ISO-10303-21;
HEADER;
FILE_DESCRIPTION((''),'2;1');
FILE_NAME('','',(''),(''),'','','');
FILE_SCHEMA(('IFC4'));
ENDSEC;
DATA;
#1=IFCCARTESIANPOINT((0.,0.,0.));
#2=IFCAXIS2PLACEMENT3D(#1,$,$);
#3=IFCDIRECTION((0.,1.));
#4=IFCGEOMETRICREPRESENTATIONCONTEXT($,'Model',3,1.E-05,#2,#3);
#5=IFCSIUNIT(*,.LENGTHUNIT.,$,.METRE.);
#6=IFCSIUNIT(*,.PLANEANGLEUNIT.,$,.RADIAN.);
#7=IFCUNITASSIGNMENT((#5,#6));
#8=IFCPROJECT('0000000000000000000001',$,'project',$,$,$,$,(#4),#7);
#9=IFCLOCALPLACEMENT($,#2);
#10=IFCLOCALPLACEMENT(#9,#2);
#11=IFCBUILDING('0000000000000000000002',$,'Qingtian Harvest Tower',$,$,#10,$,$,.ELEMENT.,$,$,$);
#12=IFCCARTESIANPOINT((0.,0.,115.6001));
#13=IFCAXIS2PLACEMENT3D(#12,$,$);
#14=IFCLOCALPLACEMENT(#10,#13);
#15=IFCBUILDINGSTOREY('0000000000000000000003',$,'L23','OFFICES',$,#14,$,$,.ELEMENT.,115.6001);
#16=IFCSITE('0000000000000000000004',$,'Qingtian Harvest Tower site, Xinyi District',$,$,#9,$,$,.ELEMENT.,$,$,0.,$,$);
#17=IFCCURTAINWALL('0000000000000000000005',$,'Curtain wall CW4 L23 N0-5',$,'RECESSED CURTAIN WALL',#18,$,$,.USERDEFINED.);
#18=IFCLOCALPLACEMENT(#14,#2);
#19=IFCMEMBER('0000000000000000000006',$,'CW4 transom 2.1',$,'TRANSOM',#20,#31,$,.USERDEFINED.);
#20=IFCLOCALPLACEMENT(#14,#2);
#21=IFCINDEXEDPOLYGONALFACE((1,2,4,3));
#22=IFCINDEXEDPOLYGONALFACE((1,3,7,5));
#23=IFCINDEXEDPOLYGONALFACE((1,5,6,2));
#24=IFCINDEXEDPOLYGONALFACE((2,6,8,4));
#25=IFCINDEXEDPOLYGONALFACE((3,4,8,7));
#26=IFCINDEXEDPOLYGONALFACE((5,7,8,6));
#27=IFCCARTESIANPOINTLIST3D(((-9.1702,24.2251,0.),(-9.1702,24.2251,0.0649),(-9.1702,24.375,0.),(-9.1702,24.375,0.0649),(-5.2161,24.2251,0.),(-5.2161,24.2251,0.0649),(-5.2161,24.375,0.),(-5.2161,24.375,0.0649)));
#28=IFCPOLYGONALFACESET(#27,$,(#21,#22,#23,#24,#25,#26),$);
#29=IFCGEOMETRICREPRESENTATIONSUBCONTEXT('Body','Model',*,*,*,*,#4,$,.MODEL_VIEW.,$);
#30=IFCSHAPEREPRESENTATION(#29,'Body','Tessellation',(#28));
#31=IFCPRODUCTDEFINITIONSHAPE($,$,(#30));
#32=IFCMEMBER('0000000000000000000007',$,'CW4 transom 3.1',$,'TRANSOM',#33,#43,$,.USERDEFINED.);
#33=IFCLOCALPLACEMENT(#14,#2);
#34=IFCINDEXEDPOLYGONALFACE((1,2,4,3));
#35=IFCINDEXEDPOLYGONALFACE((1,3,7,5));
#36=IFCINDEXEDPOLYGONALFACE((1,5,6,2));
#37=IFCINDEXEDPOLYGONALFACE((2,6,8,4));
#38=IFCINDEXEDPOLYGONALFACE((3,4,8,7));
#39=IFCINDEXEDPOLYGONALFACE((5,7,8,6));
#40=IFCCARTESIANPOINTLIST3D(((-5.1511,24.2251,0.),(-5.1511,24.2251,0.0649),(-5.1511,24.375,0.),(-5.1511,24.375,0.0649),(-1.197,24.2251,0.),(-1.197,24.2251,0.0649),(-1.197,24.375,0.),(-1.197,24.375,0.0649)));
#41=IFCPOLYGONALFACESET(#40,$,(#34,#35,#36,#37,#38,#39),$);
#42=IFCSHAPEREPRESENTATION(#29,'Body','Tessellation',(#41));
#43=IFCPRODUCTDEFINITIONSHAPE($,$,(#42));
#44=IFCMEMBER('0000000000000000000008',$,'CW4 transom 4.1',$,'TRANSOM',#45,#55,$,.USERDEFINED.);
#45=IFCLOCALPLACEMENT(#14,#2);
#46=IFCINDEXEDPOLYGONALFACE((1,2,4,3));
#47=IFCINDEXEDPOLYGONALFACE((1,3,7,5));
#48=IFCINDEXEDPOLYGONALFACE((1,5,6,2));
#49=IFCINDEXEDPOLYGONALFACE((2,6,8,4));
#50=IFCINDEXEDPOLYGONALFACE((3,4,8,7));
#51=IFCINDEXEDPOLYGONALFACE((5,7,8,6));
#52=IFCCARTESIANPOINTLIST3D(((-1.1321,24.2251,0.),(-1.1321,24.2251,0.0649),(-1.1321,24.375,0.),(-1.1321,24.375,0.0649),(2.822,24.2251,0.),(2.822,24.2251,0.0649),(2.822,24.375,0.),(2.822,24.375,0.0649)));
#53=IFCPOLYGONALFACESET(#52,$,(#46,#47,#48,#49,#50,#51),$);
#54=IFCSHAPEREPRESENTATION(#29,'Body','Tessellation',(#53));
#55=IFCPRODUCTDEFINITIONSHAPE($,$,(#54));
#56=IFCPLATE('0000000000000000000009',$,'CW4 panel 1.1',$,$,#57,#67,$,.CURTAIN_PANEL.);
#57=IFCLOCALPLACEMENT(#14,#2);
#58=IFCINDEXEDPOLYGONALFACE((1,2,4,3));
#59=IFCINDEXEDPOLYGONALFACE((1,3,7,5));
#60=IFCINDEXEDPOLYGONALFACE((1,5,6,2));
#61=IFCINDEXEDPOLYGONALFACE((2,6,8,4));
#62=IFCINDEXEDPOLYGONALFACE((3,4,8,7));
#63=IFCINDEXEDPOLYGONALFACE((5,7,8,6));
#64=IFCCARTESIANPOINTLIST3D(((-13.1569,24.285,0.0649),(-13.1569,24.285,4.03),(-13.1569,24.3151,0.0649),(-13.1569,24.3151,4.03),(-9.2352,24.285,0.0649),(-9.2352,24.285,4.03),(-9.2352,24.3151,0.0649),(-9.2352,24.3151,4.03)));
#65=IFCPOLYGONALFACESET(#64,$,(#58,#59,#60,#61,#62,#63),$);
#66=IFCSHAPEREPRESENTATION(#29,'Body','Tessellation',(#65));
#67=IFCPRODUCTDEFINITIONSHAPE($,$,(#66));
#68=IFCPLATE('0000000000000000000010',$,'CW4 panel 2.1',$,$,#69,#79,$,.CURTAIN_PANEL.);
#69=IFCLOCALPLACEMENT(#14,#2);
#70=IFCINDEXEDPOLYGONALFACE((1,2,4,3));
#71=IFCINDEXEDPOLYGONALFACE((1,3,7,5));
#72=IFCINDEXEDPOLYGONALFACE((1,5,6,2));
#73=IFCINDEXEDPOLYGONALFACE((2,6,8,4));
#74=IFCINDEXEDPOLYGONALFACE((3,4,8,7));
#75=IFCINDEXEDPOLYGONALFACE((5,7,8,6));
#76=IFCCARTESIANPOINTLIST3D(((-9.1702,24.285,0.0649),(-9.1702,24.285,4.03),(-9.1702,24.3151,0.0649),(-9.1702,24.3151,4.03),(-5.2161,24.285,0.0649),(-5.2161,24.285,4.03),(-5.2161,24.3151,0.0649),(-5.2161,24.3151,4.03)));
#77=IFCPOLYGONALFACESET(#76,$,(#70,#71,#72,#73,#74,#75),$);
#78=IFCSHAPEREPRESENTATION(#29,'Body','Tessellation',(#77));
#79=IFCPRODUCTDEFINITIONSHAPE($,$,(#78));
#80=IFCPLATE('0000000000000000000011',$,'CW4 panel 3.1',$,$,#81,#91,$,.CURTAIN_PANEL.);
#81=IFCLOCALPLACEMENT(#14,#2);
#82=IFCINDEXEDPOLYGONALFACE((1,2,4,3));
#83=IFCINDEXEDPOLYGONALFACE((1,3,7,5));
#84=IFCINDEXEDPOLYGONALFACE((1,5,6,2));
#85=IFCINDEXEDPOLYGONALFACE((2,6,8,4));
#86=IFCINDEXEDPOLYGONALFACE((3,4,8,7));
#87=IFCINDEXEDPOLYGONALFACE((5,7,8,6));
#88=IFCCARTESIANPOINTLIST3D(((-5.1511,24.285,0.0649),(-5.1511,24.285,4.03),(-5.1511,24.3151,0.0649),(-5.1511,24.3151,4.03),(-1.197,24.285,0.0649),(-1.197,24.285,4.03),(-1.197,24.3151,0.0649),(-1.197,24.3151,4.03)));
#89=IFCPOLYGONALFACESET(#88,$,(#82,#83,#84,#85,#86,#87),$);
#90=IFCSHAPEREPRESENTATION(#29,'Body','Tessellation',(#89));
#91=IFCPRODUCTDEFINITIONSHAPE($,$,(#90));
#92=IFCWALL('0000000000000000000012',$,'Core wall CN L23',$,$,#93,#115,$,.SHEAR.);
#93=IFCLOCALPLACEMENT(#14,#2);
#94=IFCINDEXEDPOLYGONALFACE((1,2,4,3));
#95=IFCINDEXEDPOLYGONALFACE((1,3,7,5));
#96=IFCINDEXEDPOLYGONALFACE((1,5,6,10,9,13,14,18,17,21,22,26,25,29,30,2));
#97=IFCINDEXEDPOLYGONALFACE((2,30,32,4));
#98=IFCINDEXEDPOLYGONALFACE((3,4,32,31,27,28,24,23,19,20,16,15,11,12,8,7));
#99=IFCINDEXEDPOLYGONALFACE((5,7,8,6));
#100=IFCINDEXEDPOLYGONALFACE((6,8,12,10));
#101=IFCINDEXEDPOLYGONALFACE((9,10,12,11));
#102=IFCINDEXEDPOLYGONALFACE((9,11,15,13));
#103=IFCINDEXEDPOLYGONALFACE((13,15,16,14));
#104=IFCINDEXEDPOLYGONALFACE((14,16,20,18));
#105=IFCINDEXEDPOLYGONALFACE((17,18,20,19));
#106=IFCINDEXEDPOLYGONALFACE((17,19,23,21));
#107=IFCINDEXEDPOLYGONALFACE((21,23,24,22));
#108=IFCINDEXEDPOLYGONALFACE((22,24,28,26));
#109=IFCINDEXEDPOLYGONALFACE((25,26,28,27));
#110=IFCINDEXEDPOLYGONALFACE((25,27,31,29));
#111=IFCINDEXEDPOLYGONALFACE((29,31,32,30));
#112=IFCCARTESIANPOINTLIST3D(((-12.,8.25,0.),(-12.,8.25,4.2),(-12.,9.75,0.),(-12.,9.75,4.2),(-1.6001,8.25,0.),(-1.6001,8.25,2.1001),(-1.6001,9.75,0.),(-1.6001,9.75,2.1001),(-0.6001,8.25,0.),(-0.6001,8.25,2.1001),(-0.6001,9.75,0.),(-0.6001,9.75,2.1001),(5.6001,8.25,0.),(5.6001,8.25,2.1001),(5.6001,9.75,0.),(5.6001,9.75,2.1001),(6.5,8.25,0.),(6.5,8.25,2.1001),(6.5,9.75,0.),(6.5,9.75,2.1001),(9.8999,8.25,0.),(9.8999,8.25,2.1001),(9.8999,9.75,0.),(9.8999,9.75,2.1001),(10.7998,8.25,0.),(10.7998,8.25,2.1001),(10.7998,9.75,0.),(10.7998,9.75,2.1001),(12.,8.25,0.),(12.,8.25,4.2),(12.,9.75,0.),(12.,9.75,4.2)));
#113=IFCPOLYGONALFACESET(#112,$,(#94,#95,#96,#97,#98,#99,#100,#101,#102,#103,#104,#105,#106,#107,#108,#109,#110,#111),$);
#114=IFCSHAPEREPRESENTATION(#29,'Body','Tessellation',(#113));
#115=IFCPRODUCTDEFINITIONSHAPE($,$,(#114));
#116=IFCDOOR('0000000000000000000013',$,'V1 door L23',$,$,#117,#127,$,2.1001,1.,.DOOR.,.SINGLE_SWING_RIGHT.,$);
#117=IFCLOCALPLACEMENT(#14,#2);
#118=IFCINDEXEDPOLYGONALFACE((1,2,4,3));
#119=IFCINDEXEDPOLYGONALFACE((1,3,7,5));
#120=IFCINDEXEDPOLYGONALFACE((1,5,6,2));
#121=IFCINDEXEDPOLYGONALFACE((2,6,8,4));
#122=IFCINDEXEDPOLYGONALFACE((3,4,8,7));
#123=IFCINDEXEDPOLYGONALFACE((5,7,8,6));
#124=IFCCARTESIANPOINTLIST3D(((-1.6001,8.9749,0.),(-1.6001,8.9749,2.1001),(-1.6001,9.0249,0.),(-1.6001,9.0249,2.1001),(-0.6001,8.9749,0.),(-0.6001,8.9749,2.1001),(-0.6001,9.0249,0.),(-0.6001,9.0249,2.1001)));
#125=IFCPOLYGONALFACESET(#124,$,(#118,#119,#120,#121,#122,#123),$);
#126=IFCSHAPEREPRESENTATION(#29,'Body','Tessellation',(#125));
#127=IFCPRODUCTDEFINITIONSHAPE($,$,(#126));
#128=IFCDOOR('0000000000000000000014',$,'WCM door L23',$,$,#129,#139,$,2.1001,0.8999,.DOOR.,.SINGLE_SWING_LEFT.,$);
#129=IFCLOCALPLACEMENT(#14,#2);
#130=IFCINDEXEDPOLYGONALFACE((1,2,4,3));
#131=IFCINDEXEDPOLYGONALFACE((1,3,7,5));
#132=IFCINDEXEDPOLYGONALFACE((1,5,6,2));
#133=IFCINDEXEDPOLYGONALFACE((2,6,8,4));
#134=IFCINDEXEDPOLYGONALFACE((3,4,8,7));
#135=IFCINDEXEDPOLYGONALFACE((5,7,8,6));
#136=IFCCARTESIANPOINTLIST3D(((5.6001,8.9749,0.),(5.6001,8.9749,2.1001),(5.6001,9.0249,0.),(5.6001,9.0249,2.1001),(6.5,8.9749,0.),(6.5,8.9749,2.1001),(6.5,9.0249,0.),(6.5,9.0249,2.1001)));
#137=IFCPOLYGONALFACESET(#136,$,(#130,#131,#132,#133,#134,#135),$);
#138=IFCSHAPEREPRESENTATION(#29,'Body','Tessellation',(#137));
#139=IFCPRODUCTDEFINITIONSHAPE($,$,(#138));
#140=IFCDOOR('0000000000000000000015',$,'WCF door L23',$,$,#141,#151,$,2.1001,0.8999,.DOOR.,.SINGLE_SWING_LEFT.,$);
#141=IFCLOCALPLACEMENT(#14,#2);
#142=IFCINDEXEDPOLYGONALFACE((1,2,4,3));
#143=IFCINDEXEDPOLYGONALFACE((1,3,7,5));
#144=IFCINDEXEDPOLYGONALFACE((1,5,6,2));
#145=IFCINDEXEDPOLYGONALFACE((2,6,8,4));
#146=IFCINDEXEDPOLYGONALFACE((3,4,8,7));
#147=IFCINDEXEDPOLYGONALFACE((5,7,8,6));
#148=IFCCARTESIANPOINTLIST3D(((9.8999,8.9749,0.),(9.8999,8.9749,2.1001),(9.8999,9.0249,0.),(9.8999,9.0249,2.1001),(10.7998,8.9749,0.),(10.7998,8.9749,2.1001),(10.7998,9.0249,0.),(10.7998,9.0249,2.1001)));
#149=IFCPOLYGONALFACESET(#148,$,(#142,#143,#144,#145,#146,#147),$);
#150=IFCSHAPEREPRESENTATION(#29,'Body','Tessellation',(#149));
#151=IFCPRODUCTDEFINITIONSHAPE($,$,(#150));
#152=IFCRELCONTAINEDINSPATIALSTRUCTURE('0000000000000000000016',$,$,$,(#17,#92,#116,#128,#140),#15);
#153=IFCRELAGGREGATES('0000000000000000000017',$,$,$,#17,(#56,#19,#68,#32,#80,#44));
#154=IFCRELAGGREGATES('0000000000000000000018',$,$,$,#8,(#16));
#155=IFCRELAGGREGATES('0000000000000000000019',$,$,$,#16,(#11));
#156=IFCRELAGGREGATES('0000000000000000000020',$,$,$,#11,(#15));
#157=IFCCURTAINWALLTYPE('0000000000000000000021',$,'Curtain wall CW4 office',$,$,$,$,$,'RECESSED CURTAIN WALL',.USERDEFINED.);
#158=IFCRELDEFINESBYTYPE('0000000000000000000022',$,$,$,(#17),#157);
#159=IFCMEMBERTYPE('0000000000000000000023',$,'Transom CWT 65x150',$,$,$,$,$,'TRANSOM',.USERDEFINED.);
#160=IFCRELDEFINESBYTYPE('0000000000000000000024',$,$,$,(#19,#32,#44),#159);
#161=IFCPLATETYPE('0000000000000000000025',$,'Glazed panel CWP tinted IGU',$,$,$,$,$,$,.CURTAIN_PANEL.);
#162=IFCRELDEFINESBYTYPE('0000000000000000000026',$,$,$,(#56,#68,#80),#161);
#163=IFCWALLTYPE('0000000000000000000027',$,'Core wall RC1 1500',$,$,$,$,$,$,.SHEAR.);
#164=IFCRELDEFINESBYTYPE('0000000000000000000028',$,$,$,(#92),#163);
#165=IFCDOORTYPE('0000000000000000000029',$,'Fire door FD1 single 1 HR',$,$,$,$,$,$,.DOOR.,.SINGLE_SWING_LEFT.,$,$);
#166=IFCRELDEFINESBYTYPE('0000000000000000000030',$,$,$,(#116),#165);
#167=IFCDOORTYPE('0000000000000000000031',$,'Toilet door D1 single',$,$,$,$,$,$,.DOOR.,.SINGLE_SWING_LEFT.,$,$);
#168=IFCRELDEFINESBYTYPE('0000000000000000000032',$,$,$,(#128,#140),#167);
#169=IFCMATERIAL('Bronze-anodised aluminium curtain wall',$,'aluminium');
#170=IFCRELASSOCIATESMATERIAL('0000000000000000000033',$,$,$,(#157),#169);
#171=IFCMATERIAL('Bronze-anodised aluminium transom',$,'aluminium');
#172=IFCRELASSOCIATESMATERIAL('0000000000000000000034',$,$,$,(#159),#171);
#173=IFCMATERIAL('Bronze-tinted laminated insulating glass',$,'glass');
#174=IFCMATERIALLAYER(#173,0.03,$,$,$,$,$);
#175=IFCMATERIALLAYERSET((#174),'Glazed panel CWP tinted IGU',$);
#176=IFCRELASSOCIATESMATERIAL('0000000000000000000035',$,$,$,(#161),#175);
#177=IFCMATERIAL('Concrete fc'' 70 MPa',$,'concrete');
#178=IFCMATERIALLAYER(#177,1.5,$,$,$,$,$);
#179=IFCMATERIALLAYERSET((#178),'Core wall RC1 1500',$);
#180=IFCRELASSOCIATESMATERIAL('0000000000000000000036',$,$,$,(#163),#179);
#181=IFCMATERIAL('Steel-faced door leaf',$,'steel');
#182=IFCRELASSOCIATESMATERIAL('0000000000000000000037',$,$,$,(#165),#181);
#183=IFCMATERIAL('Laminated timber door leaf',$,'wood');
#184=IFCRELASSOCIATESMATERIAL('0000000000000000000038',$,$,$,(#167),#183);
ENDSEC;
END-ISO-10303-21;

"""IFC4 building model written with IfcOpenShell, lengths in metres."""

from ifc_helpers import new_model, si_unit, direction, frame, frame_2d, origin, origin_2d, place, context, subcontext, project, spatial, rectangle, extrude, material, layer, layer_set, material_profile, profile_set, type_object, element, fill, aggregate, save


model = new_model("IFC4")

# Units and contexts
model_context = context("Model", 3, precision=1e-05, world=origin(), true_north=direction((0.0, 1.0)))
body_context = subcontext(model_context, "Body", "Model", "MODEL_VIEW")
ifc_project = project(units=[si_unit("LENGTHUNIT", "METRE"), si_unit("PLANEANGLEUNIT", "RADIAN")], contexts=[model_context])

# Site, building, storey
site_placement = place(None, origin())
site = spatial("IfcSite", under=ifc_project, at=site_placement, Name="Qingtian Harvest Tower site, Xinyi District", CompositionType="ELEMENT", RefElevation=0.0)
building_placement = place(site_placement, origin())
building = spatial("IfcBuilding", under=site, at=building_placement, Name="Qingtian Harvest Tower", CompositionType="ELEMENT")
storey_placement = place(building_placement, frame((0.0, 0.0, 115.6001)))
storey = spatial("IfcBuildingStorey", under=building, at=storey_placement, Name="L23", Description="OFFICES", CompositionType="ELEMENT", Elevation=115.6001)

# Curtain wall
ifc_material_1 = material(Name="Bronze-anodised aluminium curtain wall", Category="aluminium")
curtain_wall_type = type_object("IfcCurtainWallType", Name="Curtain wall CW4 office", ElementType="RECESSED CURTAIN WALL", PredefinedType="USERDEFINED", material=ifc_material_1)
curtain_wall_placement = place(storey_placement, origin())
curtain_wall = element("IfcCurtainWall", 1, at=curtain_wall_placement, inside=storey, type_object=curtain_wall_type, Name="Curtain wall CW4 L23 N0-5", ObjectType="RECESSED CURTAIN WALL", PredefinedType="USERDEFINED")

# Members
ifc_material_2 = material(Name="Bronze-anodised aluminium transom", Category="aluminium")
ifc_material_profile_1 = material_profile(ifc_material_2, rectangle(XDim=0.1499, YDim=0.0649, at=origin_2d()), Name="AL 65x150")
ifc_profile_set_1 = profile_set([ifc_material_profile_1], Name="Bronze-anodised aluminium transom")
member_type_1 = type_object("IfcMemberType", Name="Transom CWT 65x150", ElementType="TRANSOM", PredefinedType="USERDEFINED", material=ifc_profile_set_1)
member_1_placement = place(storey_placement, frame((-9.1702, 24.3, 0.0325), z_axis=(1.0, 0.0, 0.0), x_axis=(0.0, 1.0, 0.0)))
member_1 = element("IfcMember", 2, at=member_1_placement, type_object=member_type_1, Name="CW4 transom 2.1", ObjectType="TRANSOM", PredefinedType="USERDEFINED", context=body_context, shape_type="SweptSolid", body=[
    extrude(rectangle(XDim=0.1499, YDim=0.0649, at=origin_2d()), origin(), (0.0, 0.0, 1.0), 3.9541),
])
member_2_placement = place(storey_placement, frame((-5.1511, 24.3, 0.0325), z_axis=(1.0, 0.0, 0.0), x_axis=(0.0, 1.0, 0.0)))
member_2 = element("IfcMember", 3, at=member_2_placement, type_object=member_type_1, Name="CW4 transom 3.1", ObjectType="TRANSOM", PredefinedType="USERDEFINED", context=body_context, shape_type="SweptSolid", body=[
    extrude(rectangle(XDim=0.1499, YDim=0.0649, at=origin_2d()), origin(), (0.0, 0.0, 1.0), 3.9541),
])
member_3_placement = place(storey_placement, frame((-1.1321, 24.3, 0.0325), z_axis=(1.0, 0.0, 0.0), x_axis=(0.0, 1.0, 0.0)))
member_3 = element("IfcMember", 4, at=member_3_placement, type_object=member_type_1, Name="CW4 transom 4.1", ObjectType="TRANSOM", PredefinedType="USERDEFINED", context=body_context, shape_type="SweptSolid", body=[
    extrude(rectangle(XDim=0.1499, YDim=0.0649, at=origin_2d()), origin(), (0.0, 0.0, 1.0), 3.9541),
])

# Plates
ifc_material_3 = material(Name="Bronze-tinted laminated insulating glass", Category="glass")
ifc_layer_1 = layer(ifc_material_3, 0.03)
ifc_layer_set_1 = layer_set([ifc_layer_1], Name="Glazed panel CWP tinted IGU")
plate_type = type_object("IfcPlateType", Name="Glazed panel CWP tinted IGU", PredefinedType="CURTAIN_PANEL", material=ifc_layer_set_1)
plate_1_placement = place(storey_placement, frame((-11.196, 24.3, 0.0649), z_axis=(0.0, 0.0, 1.0), x_axis=(1.0, 0.0, 0.0)))
plate_1 = element("IfcPlate", 5, at=plate_1_placement, type_object=plate_type, Name="CW4 panel 1.1", PredefinedType="CURTAIN_PANEL", context=body_context, shape_type="SweptSolid", body=[
    extrude(rectangle(XDim=3.9216, YDim=0.03, at=origin_2d()), origin(), (0.0, 0.0, 1.0), 3.9651),
])
plate_2_placement = place(storey_placement, frame((-7.1931, 24.3, 0.0649), z_axis=(0.0, 0.0, 1.0), x_axis=(1.0, 0.0, 0.0)))
plate_2 = element("IfcPlate", 6, at=plate_2_placement, type_object=plate_type, Name="CW4 panel 2.1", PredefinedType="CURTAIN_PANEL", context=body_context, shape_type="SweptSolid", body=[
    extrude(rectangle(XDim=3.9541, YDim=0.03, at=origin_2d()), origin(), (0.0, 0.0, 1.0), 3.9651),
])
plate_3_placement = place(storey_placement, frame((-3.1741, 24.3, 0.0649), z_axis=(0.0, 0.0, 1.0), x_axis=(1.0, 0.0, 0.0)))
plate_3 = element("IfcPlate", 7, at=plate_3_placement, type_object=plate_type, Name="CW4 panel 3.1", PredefinedType="CURTAIN_PANEL", context=body_context, shape_type="SweptSolid", body=[
    extrude(rectangle(XDim=3.9541, YDim=0.03, at=origin_2d()), origin(), (0.0, 0.0, 1.0), 3.9651),
])
aggregate(curtain_wall, [plate_1, member_1, plate_2, member_2, plate_3, member_3])

# Wall, openings, doors
ifc_material_4 = material(Name="Concrete fc' 70 MPa", Category="concrete")
ifc_layer_2 = layer(ifc_material_4, 1.5)
ifc_layer_set_2 = layer_set([ifc_layer_2], Name="Core wall RC1 1500")
wall_type_1 = type_object("IfcWallType", Name="Core wall RC1 1500", PredefinedType="SHEAR", material=ifc_layer_set_2)
wall_1_placement = place(storey_placement, frame((-12.0, 9.0, 0.0), z_axis=(0.0, 0.0, 1.0), x_axis=(1.0, 0.0, 0.0)))
wall_1 = element("IfcWall", 8, at=wall_1_placement, inside=storey, type_object=wall_type_1, Name="Core wall CN L23", PredefinedType="SHEAR", context=body_context, shape_type="SweptSolid", body=[
    extrude(rectangle(XDim=24.0, YDim=1.5, at=frame_2d((12.0, 0.0))), origin(), (0.0, 0.0, 1.0), 4.2),
])
opening_1_placement = place(wall_1_placement, frame((10.3999, 0.0, 0.0)))
opening_1 = element("IfcOpeningElement", 9, at=opening_1_placement, cuts=wall_1, PredefinedType="OPENING", context=body_context, shape_type="SweptSolid", body=[
    extrude(rectangle(XDim=1.0, YDim=2.1001, at=frame_2d((0.5, 1.05))), frame((0.0, 0.76, 0.0), z_axis=(0.0, -1.0, 0.0), x_axis=(1.0, 0.0, 0.0)), (0.0, 0.0, 1.0), 1.52),
])
opening_2_placement = place(wall_1_placement, frame((17.6001, 0.0, 0.0)))
opening_2 = element("IfcOpeningElement", 10, at=opening_2_placement, cuts=wall_1, PredefinedType="OPENING", context=body_context, shape_type="SweptSolid", body=[
    extrude(rectangle(XDim=0.8999, YDim=2.1001, at=frame_2d((0.45, 1.05))), frame((0.0, 0.76, 0.0), z_axis=(0.0, -1.0, 0.0), x_axis=(1.0, 0.0, 0.0)), (0.0, 0.0, 1.0), 1.52),
])
opening_3_placement = place(wall_1_placement, frame((21.8999, 0.0, 0.0)))
opening_3 = element("IfcOpeningElement", 11, at=opening_3_placement, cuts=wall_1, PredefinedType="OPENING", context=body_context, shape_type="SweptSolid", body=[
    extrude(rectangle(XDim=0.8999, YDim=2.1001, at=frame_2d((0.45, 1.05))), frame((0.0, 0.76, 0.0), z_axis=(0.0, -1.0, 0.0), x_axis=(1.0, 0.0, 0.0)), (0.0, 0.0, 1.0), 1.52),
])
ifc_material_5 = material(Name="Steel-faced door leaf", Category="steel")
door_type_1 = type_object("IfcDoorType", Name="Fire door FD1 single 1 HR", OperationType="SINGLE_SWING_LEFT", PredefinedType="DOOR", material=ifc_material_5)
door_1_placement = place(opening_1_placement, origin())
door_1 = element("IfcDoor", 12, at=door_1_placement, inside=storey, type_object=door_type_1, Name="V1 door L23", OperationType="SINGLE_SWING_RIGHT", OverallHeight=2.1001, OverallWidth=1.0, PredefinedType="DOOR", context=body_context, shape_type="SweptSolid", body=[
    extrude(rectangle(XDim=1.0, YDim=2.1001, at=frame_2d((0.5, 1.05))), frame((0.0, 0.0249, 0.0), z_axis=(0.0, -1.0, 0.0), x_axis=(1.0, 0.0, 0.0)), (0.0, 0.0, 1.0), 0.05),
])
fill(opening_1, door_1)
ifc_material_6 = material(Name="Laminated timber door leaf", Category="wood")
door_type_2 = type_object("IfcDoorType", Name="Toilet door D1 single", OperationType="SINGLE_SWING_LEFT", PredefinedType="DOOR", material=ifc_material_6)
door_2_placement = place(opening_2_placement, origin())
door_2 = element("IfcDoor", 13, at=door_2_placement, inside=storey, type_object=door_type_2, Name="WCM door L23", OperationType="SINGLE_SWING_LEFT", OverallHeight=2.1001, OverallWidth=0.8999, PredefinedType="DOOR", context=body_context, shape_type="SweptSolid", body=[
    extrude(rectangle(XDim=0.8999, YDim=2.1001, at=frame_2d((0.45, 1.05))), frame((0.0, 0.0249, 0.0), z_axis=(0.0, -1.0, 0.0), x_axis=(1.0, 0.0, 0.0)), (0.0, 0.0, 1.0), 0.05),
])
fill(opening_2, door_2)
door_3_placement = place(opening_3_placement, origin())
door_3 = element("IfcDoor", 14, at=door_3_placement, inside=storey, type_object=door_type_2, Name="WCF door L23", OperationType="SINGLE_SWING_LEFT", OverallHeight=2.1001, OverallWidth=0.8999, PredefinedType="DOOR", context=body_context, shape_type="SweptSolid", body=[
    extrude(rectangle(XDim=0.8999, YDim=2.1001, at=frame_2d((0.45, 1.05))), frame((0.0, 0.0249, 0.0), z_axis=(0.0, -1.0, 0.0), x_axis=(1.0, 0.0, 0.0)), (0.0, 0.0, 1.0), 0.05),
])
fill(opening_3, door_3)

save(model, "model.ifc")
